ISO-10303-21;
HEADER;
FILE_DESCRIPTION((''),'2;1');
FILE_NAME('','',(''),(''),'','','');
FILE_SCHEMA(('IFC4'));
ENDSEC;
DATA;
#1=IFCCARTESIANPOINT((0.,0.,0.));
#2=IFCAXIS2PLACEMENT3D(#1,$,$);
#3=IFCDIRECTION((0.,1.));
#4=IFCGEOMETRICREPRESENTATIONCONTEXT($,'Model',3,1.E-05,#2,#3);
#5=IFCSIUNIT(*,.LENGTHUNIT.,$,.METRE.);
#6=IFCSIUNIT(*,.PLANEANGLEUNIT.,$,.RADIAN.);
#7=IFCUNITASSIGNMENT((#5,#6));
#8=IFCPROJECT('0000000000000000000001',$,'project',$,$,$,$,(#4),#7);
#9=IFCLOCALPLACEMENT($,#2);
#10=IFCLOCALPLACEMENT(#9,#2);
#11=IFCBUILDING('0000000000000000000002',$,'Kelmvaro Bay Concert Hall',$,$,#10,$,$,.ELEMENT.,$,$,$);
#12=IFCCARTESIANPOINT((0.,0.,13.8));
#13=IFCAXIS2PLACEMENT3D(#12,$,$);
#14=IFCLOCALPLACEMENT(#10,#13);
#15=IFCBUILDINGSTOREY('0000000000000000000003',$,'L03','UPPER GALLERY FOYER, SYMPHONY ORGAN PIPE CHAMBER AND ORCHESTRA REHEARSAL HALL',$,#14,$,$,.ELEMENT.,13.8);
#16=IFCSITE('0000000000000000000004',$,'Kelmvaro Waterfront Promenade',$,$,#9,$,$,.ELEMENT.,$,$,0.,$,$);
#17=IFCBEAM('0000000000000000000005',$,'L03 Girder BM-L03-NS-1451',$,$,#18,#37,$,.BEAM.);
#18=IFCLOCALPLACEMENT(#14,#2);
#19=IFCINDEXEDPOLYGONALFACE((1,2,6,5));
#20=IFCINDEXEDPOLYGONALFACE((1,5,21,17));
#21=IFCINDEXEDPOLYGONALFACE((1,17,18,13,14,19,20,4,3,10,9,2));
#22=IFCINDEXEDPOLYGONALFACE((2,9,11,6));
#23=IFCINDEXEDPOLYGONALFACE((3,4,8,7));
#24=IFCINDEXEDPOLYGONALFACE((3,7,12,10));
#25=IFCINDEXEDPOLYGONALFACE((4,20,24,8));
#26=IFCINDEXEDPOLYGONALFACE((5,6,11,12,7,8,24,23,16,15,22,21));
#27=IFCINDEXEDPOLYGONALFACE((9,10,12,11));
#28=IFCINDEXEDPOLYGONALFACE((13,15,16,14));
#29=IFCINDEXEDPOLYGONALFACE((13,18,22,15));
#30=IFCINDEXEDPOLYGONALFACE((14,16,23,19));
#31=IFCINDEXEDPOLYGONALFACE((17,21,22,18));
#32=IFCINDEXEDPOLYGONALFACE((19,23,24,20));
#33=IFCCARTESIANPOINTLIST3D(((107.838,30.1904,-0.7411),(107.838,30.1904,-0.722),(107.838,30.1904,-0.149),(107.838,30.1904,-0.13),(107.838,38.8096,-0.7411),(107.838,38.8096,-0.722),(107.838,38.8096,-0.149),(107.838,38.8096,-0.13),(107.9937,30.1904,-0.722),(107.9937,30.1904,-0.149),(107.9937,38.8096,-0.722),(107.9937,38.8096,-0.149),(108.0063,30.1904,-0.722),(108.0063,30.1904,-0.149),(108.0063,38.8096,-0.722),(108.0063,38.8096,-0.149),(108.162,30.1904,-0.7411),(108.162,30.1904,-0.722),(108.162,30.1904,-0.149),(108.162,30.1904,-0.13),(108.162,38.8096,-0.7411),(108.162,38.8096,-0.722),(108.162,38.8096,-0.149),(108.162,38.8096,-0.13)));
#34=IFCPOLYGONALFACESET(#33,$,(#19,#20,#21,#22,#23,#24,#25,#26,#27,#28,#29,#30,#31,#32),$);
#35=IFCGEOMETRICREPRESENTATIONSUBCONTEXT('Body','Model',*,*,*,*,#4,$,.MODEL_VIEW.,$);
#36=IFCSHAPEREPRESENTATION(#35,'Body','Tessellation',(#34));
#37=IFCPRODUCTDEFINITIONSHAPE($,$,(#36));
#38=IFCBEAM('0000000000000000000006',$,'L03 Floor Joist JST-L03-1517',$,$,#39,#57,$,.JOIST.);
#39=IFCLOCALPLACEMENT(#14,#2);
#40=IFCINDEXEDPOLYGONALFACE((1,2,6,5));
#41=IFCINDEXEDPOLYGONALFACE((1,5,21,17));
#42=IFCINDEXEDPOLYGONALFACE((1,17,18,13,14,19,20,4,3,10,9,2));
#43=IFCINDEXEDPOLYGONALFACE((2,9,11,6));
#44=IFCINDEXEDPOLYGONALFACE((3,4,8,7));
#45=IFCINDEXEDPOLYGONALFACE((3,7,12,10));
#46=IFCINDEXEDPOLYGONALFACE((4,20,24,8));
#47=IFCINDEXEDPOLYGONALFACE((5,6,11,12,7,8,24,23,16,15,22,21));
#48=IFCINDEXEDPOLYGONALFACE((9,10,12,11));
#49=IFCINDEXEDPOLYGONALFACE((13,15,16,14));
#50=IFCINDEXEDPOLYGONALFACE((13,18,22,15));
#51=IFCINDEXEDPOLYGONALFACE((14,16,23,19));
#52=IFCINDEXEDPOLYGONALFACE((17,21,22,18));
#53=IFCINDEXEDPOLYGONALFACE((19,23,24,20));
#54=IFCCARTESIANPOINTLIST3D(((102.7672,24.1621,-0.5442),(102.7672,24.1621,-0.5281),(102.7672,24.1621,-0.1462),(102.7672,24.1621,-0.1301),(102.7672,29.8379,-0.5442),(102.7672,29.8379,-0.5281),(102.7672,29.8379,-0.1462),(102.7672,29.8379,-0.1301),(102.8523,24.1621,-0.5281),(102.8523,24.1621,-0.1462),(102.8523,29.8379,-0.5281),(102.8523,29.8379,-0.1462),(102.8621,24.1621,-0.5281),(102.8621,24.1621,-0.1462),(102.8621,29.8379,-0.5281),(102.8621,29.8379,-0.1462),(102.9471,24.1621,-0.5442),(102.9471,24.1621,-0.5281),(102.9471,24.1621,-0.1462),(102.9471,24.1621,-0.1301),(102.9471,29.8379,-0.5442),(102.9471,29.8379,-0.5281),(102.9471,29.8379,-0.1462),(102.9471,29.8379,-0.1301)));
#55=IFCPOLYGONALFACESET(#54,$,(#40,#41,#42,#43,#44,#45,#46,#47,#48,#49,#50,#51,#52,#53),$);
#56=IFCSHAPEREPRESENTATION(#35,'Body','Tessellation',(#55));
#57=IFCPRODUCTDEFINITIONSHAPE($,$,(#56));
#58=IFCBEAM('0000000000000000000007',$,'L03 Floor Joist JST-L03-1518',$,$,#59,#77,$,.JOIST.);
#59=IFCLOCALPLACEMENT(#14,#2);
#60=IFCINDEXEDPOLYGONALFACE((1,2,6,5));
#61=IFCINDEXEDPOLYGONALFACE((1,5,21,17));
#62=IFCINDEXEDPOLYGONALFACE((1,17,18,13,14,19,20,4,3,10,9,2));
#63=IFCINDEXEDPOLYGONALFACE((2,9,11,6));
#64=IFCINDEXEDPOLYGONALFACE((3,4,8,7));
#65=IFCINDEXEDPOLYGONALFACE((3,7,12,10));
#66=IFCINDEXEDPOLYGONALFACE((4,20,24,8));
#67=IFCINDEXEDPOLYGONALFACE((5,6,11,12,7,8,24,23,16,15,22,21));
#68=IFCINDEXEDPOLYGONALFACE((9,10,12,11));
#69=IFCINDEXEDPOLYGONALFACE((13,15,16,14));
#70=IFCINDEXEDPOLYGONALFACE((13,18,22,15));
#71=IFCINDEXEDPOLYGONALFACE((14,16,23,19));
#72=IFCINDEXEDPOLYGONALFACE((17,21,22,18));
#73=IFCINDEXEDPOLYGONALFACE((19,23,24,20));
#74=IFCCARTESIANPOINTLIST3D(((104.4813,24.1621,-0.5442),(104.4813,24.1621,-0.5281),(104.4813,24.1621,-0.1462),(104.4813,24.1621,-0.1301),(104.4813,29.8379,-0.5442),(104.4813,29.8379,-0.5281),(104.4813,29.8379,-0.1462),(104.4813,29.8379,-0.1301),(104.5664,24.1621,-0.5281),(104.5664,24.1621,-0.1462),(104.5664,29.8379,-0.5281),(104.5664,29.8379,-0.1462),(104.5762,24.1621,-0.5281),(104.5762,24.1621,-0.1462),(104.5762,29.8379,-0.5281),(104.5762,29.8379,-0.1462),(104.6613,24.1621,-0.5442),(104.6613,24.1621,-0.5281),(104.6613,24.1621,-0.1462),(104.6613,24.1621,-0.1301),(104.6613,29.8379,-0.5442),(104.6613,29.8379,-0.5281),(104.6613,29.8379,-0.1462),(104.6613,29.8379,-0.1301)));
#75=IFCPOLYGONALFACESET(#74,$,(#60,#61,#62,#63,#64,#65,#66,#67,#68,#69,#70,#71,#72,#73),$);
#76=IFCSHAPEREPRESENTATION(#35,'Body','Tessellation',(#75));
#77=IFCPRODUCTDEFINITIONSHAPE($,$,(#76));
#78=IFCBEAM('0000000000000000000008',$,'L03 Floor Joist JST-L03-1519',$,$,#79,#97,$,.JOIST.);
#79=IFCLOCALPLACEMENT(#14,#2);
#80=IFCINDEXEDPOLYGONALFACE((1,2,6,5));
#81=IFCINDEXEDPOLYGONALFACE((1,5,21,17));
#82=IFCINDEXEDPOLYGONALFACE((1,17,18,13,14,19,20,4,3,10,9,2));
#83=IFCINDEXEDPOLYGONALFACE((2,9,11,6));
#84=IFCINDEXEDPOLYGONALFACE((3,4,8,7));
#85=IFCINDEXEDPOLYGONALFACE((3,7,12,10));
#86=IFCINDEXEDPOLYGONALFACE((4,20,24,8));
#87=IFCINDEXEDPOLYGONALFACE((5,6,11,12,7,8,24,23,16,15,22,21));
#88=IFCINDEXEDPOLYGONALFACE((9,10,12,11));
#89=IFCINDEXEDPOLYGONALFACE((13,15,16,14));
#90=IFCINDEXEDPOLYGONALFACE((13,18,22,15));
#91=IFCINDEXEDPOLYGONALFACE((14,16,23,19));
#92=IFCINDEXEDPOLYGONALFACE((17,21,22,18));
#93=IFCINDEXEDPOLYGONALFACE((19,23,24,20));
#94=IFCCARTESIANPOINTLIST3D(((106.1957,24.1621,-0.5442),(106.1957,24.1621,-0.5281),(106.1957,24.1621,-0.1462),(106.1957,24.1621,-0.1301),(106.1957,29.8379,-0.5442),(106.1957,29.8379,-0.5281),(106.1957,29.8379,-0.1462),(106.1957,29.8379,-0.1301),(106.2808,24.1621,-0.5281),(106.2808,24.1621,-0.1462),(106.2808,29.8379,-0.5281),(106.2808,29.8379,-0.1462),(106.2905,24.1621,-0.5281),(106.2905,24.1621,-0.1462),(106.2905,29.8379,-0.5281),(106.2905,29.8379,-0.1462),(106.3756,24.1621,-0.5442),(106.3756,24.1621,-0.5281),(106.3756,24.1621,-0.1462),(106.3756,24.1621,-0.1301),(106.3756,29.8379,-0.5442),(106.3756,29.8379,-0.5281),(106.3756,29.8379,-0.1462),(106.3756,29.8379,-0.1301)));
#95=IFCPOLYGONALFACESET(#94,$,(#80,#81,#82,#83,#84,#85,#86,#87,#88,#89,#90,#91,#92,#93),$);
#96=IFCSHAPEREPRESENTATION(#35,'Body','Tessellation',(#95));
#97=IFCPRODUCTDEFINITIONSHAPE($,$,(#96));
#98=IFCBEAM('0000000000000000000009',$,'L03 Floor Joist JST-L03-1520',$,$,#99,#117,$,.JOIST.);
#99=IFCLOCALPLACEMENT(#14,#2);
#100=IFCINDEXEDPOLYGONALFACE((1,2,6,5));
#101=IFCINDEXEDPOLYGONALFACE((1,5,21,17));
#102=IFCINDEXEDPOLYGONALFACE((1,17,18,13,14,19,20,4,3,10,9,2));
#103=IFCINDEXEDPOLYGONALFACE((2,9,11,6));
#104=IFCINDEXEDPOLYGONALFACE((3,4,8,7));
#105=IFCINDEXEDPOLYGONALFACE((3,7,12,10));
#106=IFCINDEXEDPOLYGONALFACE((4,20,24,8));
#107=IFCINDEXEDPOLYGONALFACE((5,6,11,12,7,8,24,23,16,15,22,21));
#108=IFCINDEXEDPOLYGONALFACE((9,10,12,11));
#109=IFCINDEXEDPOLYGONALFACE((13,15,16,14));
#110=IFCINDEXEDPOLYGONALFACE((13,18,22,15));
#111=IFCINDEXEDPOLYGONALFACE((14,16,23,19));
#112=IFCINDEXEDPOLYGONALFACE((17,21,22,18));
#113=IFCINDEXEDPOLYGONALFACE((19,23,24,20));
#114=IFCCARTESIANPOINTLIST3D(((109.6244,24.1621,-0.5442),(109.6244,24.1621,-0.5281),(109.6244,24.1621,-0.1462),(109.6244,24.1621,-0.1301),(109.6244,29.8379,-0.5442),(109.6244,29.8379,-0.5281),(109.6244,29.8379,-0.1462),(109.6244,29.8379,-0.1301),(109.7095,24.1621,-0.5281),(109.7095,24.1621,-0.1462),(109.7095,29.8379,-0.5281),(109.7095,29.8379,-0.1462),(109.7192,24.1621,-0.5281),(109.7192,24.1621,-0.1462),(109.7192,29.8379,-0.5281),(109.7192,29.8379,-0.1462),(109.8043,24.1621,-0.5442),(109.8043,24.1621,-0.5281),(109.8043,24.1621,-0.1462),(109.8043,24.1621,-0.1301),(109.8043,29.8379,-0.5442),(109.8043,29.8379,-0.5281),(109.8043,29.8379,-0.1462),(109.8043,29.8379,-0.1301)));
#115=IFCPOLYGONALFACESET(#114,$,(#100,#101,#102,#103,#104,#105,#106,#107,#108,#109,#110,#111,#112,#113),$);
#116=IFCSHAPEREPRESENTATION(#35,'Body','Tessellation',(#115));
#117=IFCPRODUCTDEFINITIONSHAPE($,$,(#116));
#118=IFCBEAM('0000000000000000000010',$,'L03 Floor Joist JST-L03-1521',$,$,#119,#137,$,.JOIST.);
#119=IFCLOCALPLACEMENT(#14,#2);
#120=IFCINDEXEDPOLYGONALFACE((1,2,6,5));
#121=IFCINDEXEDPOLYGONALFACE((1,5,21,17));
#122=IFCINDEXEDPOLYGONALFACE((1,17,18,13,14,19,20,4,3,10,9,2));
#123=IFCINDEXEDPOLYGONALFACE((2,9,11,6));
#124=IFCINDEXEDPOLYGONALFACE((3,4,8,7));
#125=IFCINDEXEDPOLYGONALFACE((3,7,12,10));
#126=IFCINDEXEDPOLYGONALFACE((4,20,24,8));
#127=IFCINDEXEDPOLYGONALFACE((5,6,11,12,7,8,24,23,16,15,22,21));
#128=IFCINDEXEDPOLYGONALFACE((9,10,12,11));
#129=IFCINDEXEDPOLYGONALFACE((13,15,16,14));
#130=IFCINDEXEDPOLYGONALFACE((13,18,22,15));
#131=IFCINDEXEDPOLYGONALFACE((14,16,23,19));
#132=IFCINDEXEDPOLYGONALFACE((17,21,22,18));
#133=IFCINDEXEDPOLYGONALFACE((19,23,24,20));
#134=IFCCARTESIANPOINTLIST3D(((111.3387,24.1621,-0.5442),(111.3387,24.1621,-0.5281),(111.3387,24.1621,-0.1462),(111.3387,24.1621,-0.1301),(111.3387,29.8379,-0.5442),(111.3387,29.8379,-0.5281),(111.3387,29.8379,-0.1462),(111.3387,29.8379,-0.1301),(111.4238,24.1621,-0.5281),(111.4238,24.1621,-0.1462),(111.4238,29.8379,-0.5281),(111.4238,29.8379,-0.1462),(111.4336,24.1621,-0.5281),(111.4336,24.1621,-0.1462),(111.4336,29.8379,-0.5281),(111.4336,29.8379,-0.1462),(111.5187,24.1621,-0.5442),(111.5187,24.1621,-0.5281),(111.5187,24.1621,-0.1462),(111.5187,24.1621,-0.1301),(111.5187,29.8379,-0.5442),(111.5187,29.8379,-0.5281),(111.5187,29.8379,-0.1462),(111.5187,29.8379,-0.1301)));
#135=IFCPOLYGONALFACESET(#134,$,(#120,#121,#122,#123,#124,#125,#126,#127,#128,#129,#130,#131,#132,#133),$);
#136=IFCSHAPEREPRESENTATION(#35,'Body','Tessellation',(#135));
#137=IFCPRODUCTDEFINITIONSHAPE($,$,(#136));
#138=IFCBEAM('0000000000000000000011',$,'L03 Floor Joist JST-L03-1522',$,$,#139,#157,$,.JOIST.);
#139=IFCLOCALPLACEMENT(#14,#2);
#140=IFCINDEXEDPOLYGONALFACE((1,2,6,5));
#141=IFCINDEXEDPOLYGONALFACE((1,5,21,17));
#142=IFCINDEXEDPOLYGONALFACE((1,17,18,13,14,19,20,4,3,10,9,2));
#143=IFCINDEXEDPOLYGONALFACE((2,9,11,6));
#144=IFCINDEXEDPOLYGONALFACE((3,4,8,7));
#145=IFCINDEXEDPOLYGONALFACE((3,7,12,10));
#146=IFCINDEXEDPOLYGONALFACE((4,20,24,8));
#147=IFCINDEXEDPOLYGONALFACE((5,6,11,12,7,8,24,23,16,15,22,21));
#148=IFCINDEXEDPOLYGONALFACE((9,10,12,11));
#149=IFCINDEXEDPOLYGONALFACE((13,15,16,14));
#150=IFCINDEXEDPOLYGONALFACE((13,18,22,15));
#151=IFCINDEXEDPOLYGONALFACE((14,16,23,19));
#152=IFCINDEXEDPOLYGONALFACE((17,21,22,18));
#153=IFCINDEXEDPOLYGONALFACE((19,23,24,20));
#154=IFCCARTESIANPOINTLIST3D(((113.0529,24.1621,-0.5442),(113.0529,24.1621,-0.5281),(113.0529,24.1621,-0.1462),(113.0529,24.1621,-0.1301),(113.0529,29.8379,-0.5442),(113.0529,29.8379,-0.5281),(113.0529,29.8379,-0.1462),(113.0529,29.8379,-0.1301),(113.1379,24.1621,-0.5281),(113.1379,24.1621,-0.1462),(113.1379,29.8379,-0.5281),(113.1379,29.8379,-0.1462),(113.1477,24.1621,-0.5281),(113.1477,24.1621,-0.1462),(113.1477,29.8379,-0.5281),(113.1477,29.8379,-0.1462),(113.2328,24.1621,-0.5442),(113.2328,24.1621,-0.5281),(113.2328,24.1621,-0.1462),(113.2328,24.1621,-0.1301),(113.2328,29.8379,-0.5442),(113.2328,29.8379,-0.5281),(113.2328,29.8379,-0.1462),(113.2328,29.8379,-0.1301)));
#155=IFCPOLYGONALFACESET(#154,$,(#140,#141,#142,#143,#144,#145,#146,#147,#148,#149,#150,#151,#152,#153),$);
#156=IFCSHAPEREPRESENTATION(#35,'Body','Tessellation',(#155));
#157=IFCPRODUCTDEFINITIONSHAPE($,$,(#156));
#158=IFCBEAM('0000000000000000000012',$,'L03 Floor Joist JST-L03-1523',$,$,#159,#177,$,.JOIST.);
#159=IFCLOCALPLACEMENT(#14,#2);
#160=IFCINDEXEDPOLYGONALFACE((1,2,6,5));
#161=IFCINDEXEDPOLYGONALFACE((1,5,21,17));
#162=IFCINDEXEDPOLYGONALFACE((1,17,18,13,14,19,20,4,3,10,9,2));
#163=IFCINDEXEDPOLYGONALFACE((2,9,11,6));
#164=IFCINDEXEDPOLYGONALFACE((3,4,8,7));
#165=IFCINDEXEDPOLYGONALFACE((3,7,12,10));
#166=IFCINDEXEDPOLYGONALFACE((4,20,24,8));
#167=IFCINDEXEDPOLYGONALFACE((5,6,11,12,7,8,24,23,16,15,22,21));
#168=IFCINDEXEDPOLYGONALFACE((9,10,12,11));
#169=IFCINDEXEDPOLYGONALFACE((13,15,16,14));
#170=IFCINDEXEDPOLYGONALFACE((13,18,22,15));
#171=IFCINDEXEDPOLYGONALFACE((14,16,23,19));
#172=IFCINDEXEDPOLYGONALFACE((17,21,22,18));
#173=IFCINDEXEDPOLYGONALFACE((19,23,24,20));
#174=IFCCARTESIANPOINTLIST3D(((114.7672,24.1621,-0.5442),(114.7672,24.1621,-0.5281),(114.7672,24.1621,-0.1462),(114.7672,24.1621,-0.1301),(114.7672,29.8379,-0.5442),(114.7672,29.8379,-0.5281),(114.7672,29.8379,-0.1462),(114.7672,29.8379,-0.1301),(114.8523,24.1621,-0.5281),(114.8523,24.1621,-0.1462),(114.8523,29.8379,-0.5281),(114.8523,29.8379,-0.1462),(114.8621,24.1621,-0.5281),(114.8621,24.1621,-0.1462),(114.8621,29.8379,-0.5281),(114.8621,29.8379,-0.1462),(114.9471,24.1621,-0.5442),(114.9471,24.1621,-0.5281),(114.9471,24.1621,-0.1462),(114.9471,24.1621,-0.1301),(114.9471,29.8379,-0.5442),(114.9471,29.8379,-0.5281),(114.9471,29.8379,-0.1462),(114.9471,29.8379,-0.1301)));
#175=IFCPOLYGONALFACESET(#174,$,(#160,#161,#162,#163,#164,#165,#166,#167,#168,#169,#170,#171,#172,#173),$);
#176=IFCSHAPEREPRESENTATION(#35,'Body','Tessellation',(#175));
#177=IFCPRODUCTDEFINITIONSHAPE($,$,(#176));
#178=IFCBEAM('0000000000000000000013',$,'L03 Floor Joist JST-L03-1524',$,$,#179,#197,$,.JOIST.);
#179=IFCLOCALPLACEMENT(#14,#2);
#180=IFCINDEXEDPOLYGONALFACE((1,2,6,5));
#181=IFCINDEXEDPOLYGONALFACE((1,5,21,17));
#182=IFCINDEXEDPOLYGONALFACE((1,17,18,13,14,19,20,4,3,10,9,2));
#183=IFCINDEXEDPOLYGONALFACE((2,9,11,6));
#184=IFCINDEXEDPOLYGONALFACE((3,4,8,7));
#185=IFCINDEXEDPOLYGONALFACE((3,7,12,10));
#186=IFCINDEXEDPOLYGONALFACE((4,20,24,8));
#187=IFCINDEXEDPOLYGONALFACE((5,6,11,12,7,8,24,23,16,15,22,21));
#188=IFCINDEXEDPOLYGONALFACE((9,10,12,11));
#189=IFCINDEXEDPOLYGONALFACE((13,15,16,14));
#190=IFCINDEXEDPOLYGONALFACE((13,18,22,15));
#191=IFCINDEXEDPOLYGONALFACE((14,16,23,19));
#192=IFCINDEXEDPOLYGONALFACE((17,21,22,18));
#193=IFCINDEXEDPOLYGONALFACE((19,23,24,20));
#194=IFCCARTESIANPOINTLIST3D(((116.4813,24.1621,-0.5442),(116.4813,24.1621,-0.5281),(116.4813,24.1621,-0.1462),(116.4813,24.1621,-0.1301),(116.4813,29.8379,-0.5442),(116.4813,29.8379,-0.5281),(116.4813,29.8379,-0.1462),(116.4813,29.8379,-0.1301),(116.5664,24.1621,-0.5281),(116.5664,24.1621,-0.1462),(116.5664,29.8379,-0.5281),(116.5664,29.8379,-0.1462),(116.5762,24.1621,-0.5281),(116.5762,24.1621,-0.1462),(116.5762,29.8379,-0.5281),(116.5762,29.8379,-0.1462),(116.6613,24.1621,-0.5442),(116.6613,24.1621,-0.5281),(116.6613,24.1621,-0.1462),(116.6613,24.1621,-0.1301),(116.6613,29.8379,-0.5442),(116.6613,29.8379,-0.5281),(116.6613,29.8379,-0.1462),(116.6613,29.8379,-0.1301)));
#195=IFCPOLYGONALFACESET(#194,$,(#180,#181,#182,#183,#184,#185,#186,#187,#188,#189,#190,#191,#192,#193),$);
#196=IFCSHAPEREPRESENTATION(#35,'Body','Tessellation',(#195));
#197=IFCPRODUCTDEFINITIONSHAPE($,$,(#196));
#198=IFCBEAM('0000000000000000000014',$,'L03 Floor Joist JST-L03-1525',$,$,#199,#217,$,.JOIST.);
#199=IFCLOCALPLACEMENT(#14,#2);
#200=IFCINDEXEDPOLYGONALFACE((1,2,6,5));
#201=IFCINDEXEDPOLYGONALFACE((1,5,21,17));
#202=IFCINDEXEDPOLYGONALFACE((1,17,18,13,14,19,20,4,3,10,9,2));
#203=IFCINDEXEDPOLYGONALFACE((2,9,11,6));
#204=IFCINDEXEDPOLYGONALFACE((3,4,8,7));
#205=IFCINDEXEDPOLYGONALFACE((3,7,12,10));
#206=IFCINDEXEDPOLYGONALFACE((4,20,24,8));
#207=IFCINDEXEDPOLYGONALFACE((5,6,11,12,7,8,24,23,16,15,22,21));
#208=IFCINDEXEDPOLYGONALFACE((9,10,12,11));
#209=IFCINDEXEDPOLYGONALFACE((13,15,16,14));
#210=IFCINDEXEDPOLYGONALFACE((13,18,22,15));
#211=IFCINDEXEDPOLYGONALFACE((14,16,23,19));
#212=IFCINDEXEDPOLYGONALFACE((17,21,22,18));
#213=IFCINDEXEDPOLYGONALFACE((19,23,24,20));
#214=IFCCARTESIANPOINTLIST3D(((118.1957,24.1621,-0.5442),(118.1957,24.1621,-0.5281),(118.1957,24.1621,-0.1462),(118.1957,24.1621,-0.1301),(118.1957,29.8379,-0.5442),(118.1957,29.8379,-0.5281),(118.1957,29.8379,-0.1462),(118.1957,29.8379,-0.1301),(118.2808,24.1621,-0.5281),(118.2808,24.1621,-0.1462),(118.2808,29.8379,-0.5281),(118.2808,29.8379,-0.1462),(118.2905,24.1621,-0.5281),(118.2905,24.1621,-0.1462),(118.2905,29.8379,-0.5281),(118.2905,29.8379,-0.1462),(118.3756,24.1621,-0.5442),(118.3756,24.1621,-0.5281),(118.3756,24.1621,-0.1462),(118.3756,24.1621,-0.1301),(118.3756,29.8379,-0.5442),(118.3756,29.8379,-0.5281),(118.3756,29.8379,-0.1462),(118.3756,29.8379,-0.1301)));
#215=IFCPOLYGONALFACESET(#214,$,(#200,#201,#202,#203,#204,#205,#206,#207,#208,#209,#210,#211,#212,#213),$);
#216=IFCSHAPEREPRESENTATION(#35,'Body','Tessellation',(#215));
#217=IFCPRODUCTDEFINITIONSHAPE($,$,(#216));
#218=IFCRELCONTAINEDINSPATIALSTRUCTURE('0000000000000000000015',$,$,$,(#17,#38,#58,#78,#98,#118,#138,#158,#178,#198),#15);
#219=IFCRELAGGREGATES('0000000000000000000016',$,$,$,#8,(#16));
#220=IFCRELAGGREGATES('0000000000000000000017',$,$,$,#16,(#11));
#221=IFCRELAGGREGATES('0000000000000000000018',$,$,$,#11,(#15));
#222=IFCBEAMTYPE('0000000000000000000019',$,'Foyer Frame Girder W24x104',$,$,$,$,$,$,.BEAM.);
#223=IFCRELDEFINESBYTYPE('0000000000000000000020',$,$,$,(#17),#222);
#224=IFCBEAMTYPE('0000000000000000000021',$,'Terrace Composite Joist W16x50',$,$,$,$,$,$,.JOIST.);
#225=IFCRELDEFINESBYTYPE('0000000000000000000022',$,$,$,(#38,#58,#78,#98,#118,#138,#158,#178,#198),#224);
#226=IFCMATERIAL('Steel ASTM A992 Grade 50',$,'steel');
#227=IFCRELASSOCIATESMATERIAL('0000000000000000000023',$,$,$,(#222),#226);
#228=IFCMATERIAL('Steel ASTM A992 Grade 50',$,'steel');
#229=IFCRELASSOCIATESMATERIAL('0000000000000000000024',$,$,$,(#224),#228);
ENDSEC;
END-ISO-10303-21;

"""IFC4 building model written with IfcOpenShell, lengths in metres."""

from ifc_helpers import new_model, si_unit, direction, frame, origin, origin_2d, place, context, subcontext, project, spatial, i_section, extrude, material, material_profile, profile_set, type_object, element, save


model = new_model("IFC4")

# Units and contexts
model_context = context("Model", 3, precision=1e-05, world=origin(), true_north=direction((0.0, 1.0)))
body_context = subcontext(model_context, "Body", "Model", "MODEL_VIEW")
ifc_project = project(units=[si_unit("LENGTHUNIT", "METRE"), si_unit("PLANEANGLEUNIT", "RADIAN")], contexts=[model_context])

# Site, building, storey
site_placement = place(None, origin())
site = spatial("IfcSite", under=ifc_project, at=site_placement, Name="Kelmvaro Waterfront Promenade", CompositionType="ELEMENT", RefElevation=0.0)
building_placement = place(site_placement, origin())
building = spatial("IfcBuilding", under=site, at=building_placement, Name="Kelmvaro Bay Concert Hall", CompositionType="ELEMENT")
storey_placement = place(building_placement, frame((0.0, 0.0, 13.8)))
storey = spatial("IfcBuildingStorey", under=building, at=storey_placement, Name="L03", Description="UPPER GALLERY FOYER, SYMPHONY ORGAN PIPE CHAMBER AND ORCHESTRA REHEARSAL HALL", CompositionType="ELEMENT", Elevation=13.8)

# Beams
ifc_material_1 = material(Name="Steel ASTM A992 Grade 50", Category="steel")
ifc_material_profile_1 = material_profile(ifc_material_1, i_section(OverallWidth=0.324, OverallDepth=0.6111, WebThickness=0.0127, FlangeThickness=0.019, at=origin_2d()), Name="W24X104")
ifc_profile_set_1 = profile_set([ifc_material_profile_1], Name="Steel ASTM A992 Grade 50")
beam_type_1 = type_object("IfcBeamType", Name="Foyer Frame Girder W24x104", PredefinedType="BEAM", material=ifc_profile_set_1)
beam_1_placement = place(storey_placement, frame((108.0, 30.1904, -0.4355), z_axis=(0.0, 1.0, 0.0), x_axis=(-1.0, 0.0, 0.0)))
element("IfcBeam", 1, at=beam_1_placement, inside=storey, type_object=beam_type_1, Name="L03 Girder BM-L03-NS-1451", PredefinedType="BEAM", context=body_context, shape_type="SweptSolid", body=[
    extrude(i_section(OverallWidth=0.324, OverallDepth=0.6111, WebThickness=0.0127, FlangeThickness=0.019, at=origin_2d()), origin(), (0.0, 0.0, 1.0), 8.6191),
])
ifc_material_2 = material(Name="Steel ASTM A992 Grade 50", Category="steel")
ifc_material_profile_2 = material_profile(ifc_material_2, i_section(OverallWidth=0.1799, OverallDepth=0.4141, WebThickness=0.0098, FlangeThickness=0.0161, at=origin_2d()), Name="W16X50")
ifc_profile_set_2 = profile_set([ifc_material_profile_2], Name="Steel ASTM A992 Grade 50")
beam_type_2 = type_object("IfcBeamType", Name="Terrace Composite Joist W16x50", PredefinedType="JOIST", material=ifc_profile_set_2)
for number, where, z_axis, x_axis, name in (
    (2, (102.8572, 24.1621, -0.3372), (0.0, 1.0, 0.0), (-1.0, 0.0, 0.0), "L03 Floor Joist JST-L03-1517"),
    (3, (104.5713, 24.1621, -0.3372), (0.0, 1.0, 0.0), (-1.0, 0.0, 0.0), "L03 Floor Joist JST-L03-1518"),
    (4, (106.2856, 24.1621, -0.3372), (0.0, 1.0, 0.0), (-1.0, 0.0, 0.0), "L03 Floor Joist JST-L03-1519"),
    (5, (109.7144, 24.1621, -0.3372), (0.0, 1.0, 0.0), (-1.0, 0.0, 0.0), "L03 Floor Joist JST-L03-1520"),
    (6, (111.4287, 24.1621, -0.3372), (0.0, 1.0, 0.0), (-1.0, 0.0, 0.0), "L03 Floor Joist JST-L03-1521"),
    (7, (113.1428, 24.1621, -0.3372), (0.0, 1.0, 0.0), (-1.0, 0.0, 0.0), "L03 Floor Joist JST-L03-1522"),
    (8, (114.8572, 24.1621, -0.3372), (0.0, 1.0, 0.0), (-1.0, 0.0, 0.0), "L03 Floor Joist JST-L03-1523"),
    (9, (116.5713, 24.1621, -0.3372), (0.0, 1.0, 0.0), (-1.0, 0.0, 0.0), "L03 Floor Joist JST-L03-1524"),
    (10, (118.2856, 24.1621, -0.3372), (0.0, 1.0, 0.0), (-1.0, 0.0, 0.0), "L03 Floor Joist JST-L03-1525"),
):
    element("IfcBeam", number, at=place(storey_placement, frame(where, z_axis=z_axis, x_axis=x_axis)), inside=storey, type_object=beam_type_2, Name=name, PredefinedType="JOIST", context=body_context, shape_type="SweptSolid", body=[
        extrude(i_section(OverallWidth=0.1799, OverallDepth=0.4141, WebThickness=0.0098, FlangeThickness=0.0161, at=origin_2d()), origin(), (0.0, 0.0, 1.0), 5.6758),
    ])

save(model, "model.ifc")
